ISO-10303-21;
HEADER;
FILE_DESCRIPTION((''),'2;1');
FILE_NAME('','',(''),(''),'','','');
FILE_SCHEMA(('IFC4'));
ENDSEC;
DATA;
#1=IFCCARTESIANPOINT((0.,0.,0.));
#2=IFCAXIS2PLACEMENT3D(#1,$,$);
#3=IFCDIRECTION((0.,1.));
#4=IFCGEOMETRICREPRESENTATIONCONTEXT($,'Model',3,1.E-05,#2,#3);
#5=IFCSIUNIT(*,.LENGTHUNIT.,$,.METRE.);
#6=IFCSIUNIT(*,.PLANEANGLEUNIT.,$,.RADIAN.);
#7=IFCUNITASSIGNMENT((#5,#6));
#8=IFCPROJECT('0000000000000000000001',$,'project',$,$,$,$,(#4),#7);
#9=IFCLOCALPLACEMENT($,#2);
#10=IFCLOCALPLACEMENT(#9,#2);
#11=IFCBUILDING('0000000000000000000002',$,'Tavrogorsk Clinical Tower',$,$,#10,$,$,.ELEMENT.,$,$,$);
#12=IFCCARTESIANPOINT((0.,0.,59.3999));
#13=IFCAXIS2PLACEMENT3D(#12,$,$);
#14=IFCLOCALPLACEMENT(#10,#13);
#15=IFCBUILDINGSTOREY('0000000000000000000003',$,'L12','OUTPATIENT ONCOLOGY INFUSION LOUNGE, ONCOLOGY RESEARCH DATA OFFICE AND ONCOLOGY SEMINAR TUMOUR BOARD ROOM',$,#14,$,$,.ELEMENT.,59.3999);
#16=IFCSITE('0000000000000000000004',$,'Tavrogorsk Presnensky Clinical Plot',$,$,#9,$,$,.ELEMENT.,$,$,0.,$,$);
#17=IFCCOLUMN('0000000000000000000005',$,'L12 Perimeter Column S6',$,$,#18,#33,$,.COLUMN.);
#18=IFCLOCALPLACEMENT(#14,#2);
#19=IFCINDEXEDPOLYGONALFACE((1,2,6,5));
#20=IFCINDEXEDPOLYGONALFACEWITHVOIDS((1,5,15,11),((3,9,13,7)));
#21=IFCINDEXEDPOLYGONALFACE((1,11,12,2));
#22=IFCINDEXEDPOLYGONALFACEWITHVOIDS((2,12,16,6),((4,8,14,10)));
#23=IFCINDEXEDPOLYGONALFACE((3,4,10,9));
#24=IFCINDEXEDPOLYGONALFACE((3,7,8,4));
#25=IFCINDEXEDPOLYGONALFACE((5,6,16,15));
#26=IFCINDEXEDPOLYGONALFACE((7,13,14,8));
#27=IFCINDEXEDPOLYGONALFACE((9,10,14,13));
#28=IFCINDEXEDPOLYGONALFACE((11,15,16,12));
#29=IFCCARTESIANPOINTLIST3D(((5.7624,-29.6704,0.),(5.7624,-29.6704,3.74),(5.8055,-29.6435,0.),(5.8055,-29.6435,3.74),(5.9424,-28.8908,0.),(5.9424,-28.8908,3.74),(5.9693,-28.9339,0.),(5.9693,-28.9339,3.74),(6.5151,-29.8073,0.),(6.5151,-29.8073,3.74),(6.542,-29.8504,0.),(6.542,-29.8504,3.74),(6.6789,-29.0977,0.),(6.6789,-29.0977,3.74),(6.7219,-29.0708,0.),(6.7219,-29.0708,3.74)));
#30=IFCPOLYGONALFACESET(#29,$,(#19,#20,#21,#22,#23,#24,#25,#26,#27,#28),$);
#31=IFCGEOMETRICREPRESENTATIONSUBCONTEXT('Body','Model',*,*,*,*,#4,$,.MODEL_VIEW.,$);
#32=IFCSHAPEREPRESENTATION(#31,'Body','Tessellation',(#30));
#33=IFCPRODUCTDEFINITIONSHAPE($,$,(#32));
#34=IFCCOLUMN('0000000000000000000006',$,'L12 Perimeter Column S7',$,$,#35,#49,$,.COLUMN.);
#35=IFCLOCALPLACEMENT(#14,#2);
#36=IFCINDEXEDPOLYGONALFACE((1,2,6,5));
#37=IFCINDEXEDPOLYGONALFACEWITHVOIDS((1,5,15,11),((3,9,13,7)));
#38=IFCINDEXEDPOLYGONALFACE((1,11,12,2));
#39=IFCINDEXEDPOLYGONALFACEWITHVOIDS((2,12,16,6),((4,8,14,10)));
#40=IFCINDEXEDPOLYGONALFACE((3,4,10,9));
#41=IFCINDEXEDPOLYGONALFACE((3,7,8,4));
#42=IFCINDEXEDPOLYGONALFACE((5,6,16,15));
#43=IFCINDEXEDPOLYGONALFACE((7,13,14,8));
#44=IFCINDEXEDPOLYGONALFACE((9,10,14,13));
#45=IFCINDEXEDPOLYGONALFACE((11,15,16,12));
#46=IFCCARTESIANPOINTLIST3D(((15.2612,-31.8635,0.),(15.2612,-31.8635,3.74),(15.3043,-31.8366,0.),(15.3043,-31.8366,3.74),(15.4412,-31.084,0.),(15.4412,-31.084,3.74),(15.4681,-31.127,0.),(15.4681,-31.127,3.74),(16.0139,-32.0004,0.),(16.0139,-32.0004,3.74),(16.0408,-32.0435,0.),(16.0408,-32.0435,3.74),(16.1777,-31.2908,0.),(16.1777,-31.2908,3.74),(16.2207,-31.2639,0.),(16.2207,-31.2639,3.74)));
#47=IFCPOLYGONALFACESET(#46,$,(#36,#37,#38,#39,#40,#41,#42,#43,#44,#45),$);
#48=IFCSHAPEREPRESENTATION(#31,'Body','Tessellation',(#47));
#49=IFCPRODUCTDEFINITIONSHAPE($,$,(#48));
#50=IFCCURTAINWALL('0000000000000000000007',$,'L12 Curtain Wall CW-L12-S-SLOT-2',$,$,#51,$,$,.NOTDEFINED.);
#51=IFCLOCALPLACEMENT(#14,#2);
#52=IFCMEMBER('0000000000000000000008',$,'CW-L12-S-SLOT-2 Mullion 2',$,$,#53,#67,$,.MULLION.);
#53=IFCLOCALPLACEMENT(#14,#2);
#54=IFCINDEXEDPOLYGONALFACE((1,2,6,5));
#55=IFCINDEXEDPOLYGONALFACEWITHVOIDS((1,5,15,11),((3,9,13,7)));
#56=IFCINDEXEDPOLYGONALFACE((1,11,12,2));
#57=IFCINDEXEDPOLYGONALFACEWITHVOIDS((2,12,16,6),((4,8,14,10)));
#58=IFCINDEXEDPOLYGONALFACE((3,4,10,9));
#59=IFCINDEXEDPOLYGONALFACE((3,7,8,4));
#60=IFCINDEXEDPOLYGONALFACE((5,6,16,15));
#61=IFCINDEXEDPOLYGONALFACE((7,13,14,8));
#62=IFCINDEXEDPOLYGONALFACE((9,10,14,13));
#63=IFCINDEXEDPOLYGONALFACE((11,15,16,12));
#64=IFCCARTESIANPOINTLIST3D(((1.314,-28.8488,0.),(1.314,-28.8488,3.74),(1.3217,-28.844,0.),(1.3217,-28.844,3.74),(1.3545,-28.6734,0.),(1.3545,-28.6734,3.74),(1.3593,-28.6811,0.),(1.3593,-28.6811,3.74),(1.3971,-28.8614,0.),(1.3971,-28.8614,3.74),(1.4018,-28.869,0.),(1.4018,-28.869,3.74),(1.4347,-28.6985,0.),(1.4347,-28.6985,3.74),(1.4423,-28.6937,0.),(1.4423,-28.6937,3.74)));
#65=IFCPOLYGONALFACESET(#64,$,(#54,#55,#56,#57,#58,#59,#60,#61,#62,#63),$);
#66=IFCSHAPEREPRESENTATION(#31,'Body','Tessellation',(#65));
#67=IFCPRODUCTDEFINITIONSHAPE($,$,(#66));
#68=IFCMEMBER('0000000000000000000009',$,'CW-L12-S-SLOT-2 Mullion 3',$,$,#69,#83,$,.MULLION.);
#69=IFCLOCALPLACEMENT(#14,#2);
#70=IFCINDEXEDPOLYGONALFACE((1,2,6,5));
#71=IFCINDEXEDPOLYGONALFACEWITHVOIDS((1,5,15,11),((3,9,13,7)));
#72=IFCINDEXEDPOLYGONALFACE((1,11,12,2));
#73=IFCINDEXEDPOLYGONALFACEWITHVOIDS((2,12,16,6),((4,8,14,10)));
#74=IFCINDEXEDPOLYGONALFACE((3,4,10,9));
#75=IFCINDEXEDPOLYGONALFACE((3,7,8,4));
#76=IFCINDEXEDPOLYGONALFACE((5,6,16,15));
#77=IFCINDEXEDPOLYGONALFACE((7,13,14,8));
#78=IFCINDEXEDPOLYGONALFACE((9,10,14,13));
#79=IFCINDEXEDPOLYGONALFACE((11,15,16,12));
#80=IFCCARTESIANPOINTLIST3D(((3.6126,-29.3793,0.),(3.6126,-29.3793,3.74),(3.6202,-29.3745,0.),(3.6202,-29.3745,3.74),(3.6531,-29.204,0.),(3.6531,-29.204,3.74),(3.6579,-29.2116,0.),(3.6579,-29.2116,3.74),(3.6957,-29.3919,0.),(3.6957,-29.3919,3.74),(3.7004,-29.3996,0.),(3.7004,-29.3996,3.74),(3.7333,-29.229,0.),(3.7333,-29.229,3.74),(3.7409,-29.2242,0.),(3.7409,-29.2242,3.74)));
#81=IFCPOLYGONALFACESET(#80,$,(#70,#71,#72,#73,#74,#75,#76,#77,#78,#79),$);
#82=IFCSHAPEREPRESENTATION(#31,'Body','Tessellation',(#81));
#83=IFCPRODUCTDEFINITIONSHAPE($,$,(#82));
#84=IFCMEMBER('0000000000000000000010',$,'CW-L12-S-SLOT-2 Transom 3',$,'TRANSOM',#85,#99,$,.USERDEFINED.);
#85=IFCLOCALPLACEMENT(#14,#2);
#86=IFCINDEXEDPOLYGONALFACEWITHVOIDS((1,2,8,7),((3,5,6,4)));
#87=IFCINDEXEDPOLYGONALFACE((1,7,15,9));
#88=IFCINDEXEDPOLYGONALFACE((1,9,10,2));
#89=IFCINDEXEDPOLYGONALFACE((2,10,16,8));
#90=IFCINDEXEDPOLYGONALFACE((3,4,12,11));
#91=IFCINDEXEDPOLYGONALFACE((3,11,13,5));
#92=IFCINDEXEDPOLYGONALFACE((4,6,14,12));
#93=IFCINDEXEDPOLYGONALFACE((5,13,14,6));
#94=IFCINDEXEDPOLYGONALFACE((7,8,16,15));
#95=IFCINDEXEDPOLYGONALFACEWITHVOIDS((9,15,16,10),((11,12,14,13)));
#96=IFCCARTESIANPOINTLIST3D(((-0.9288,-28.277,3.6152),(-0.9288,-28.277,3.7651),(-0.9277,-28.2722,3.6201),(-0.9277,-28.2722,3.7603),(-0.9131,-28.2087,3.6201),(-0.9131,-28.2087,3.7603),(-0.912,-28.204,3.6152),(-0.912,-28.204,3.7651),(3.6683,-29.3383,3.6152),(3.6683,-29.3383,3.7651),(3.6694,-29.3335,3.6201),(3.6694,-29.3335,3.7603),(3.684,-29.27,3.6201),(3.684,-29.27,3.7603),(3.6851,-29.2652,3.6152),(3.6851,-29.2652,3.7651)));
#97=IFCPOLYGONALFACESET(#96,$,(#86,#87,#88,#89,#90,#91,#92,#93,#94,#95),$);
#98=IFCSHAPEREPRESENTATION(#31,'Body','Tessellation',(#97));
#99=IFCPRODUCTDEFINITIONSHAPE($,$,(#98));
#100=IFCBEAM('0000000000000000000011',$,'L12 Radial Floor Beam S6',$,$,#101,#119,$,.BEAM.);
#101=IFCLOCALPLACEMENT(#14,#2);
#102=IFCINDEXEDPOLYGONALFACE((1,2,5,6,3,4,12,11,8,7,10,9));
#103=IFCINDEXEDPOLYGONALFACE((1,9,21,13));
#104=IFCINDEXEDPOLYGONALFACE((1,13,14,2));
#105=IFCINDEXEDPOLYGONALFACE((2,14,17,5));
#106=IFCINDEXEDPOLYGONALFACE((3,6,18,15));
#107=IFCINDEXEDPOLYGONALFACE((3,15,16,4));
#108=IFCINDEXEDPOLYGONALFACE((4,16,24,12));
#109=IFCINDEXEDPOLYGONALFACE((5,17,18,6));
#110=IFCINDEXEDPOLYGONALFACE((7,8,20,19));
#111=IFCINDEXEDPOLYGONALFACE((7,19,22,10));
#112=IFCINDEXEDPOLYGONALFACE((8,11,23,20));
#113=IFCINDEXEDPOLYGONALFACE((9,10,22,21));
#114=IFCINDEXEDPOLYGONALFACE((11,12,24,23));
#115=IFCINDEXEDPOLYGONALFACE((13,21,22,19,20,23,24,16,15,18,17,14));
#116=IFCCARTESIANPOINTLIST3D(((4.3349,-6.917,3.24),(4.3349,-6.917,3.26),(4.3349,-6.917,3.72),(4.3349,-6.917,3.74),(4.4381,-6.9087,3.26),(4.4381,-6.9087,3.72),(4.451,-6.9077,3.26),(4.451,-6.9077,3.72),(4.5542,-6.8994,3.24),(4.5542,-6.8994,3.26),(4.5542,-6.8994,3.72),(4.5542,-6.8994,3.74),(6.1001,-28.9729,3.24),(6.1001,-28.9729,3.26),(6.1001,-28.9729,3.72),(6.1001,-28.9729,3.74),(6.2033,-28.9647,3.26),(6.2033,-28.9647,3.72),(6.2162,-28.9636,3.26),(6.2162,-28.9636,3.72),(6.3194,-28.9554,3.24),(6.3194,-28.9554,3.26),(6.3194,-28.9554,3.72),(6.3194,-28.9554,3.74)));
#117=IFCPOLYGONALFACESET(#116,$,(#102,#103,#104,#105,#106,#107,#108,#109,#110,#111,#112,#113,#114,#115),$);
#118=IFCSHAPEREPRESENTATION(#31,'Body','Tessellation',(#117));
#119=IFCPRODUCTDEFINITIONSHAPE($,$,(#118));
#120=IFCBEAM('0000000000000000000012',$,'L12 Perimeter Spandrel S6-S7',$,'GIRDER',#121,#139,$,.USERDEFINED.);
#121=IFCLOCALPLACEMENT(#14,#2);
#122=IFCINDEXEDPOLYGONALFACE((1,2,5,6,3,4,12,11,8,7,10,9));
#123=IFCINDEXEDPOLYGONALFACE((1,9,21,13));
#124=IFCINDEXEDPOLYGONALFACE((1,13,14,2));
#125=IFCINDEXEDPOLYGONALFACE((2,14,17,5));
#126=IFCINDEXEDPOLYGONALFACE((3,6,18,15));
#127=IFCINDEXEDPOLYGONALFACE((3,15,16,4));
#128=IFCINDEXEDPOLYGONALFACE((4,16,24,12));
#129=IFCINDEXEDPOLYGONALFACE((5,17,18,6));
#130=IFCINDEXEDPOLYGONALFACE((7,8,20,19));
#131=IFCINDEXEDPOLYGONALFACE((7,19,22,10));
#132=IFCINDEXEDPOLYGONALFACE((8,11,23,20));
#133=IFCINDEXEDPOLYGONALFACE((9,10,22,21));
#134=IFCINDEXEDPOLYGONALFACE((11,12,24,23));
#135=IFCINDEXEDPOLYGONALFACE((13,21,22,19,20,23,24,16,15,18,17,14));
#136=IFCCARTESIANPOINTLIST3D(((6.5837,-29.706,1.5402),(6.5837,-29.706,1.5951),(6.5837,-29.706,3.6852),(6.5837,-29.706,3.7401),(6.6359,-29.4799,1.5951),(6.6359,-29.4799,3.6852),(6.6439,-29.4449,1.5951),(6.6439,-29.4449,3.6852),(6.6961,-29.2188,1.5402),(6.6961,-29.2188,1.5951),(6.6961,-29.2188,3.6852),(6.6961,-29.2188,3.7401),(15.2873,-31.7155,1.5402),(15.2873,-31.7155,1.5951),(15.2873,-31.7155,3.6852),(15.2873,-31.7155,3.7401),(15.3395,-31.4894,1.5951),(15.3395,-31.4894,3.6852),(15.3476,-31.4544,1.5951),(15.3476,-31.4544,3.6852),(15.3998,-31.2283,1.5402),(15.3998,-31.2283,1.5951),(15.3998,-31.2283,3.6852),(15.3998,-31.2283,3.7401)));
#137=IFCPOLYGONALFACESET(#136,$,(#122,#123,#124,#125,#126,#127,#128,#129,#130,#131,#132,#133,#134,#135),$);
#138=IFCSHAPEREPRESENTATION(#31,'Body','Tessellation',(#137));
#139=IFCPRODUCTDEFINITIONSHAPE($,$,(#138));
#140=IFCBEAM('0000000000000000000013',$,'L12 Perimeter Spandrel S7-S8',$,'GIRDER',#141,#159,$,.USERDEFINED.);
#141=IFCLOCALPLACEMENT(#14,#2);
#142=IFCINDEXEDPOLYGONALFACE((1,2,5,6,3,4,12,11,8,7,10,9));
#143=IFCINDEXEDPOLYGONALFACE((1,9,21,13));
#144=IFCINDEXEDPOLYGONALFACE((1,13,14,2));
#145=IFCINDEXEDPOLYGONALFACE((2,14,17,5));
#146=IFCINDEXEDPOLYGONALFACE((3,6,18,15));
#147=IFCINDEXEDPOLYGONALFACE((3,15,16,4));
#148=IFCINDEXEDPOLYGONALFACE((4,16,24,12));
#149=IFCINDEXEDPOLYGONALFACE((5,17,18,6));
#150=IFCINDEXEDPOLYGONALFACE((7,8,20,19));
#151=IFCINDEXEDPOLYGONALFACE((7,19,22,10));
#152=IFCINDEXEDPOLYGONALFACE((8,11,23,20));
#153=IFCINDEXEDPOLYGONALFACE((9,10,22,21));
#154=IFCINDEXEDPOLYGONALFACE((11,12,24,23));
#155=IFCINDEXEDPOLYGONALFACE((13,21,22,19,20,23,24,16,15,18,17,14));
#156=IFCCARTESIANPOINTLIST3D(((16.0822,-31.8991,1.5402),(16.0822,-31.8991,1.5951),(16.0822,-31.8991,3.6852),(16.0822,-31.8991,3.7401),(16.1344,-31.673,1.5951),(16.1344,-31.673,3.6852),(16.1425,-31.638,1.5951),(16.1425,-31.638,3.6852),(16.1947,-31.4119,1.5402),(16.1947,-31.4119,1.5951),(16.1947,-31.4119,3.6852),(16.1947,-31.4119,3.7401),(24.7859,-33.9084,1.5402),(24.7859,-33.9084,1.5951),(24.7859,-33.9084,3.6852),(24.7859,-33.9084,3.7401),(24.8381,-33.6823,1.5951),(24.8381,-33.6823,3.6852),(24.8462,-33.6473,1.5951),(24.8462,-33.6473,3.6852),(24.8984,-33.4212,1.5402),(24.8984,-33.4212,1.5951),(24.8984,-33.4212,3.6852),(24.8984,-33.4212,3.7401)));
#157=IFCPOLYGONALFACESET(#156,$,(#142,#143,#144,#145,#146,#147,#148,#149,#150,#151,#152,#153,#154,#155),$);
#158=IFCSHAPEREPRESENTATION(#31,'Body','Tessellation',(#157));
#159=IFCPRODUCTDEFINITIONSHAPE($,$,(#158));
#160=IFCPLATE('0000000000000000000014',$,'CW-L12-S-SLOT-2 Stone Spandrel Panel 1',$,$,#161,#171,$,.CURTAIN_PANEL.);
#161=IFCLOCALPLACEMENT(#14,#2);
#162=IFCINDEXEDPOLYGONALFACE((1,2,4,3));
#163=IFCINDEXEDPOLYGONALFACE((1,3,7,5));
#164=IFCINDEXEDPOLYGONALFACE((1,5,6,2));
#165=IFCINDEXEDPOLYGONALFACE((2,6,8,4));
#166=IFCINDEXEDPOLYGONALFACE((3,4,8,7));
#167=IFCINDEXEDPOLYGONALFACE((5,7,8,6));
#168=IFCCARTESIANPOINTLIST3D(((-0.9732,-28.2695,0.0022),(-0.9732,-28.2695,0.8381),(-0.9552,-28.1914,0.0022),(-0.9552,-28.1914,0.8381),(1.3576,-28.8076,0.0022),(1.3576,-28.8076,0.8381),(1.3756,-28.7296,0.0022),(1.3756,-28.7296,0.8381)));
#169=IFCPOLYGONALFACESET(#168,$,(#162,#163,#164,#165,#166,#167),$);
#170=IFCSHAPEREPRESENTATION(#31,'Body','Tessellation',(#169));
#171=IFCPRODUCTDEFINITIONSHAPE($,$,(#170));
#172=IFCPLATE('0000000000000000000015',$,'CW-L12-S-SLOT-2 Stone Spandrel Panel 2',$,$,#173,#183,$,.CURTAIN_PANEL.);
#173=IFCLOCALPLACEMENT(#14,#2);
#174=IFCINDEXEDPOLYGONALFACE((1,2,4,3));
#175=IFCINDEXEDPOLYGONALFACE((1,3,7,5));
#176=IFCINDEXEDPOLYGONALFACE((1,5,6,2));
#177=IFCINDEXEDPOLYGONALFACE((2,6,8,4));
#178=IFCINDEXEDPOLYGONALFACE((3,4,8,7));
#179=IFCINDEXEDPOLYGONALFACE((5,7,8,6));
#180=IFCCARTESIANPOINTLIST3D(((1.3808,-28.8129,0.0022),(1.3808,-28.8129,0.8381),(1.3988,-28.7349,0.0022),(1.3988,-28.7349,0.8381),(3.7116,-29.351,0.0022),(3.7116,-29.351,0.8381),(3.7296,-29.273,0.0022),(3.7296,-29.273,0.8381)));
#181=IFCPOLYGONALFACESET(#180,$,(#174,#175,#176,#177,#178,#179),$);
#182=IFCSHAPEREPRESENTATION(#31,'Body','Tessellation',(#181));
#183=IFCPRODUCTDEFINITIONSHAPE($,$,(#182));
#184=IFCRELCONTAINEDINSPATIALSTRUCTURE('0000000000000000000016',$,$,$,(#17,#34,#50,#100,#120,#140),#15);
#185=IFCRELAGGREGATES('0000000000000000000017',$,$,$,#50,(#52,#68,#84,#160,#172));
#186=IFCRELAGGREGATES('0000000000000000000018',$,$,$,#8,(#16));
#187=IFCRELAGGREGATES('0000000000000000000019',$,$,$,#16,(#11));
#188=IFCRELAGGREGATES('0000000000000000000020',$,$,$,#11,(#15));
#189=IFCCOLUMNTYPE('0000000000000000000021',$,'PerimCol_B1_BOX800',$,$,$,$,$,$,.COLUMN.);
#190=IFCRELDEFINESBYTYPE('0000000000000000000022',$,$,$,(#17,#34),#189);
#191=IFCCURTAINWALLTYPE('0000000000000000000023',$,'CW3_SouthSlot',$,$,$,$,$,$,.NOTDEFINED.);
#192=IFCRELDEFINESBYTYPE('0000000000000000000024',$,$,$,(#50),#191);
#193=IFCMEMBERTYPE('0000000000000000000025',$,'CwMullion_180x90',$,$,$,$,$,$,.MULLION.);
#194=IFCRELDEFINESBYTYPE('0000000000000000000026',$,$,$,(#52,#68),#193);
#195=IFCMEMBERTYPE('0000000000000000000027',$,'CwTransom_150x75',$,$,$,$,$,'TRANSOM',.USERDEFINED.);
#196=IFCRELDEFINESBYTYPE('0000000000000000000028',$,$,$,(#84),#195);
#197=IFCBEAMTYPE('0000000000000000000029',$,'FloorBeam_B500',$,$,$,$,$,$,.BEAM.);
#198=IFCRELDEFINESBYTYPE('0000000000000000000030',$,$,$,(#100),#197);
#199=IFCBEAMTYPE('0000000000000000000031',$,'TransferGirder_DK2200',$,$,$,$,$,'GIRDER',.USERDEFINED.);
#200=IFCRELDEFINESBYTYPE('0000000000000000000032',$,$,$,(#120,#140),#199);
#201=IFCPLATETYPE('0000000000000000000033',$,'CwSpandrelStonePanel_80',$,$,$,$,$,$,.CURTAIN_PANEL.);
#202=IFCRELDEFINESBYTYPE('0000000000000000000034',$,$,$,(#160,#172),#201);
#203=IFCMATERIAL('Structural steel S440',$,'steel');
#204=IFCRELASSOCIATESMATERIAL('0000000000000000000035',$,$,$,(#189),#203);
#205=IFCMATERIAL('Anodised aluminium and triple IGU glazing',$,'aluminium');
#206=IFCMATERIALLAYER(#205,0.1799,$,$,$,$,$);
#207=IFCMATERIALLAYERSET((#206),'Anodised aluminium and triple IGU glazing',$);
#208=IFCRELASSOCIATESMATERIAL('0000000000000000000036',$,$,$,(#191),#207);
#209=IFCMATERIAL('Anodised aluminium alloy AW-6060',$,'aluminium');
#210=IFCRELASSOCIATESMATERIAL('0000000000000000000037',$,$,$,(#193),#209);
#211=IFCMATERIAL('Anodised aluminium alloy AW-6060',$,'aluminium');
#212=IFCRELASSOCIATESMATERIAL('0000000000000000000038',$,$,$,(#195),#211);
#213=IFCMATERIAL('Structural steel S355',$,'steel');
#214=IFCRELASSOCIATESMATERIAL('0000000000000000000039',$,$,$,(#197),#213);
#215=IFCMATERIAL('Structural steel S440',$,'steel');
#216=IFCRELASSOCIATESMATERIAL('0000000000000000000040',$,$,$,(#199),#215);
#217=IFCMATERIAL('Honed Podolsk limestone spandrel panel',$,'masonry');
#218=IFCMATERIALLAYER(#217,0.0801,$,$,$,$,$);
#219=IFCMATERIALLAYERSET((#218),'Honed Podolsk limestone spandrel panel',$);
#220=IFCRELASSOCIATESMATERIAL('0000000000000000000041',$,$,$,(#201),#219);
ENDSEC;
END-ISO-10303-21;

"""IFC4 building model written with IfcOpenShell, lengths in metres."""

from ifc_helpers import new_model, si_unit, direction, frame, origin, origin_2d, place, context, subcontext, project, spatial, rectangle, hollow_rectangle, i_section, extrude, material, layer, layer_set, material_profile, profile_set, type_object, element, aggregate, save


model = new_model("IFC4")

# Units and contexts
model_context = context("Model", 3, precision=1e-05, world=origin(), true_north=direction((0.0, 1.0)))
body_context = subcontext(model_context, "Body", "Model", "MODEL_VIEW")
ifc_project = project(units=[si_unit("LENGTHUNIT", "METRE"), si_unit("PLANEANGLEUNIT", "RADIAN")], contexts=[model_context])

# Site, building, storey
site_placement = place(None, origin())
site = spatial("IfcSite", under=ifc_project, at=site_placement, Name="Tavrogorsk Presnensky Clinical Plot", CompositionType="ELEMENT", RefElevation=0.0)
building_placement = place(site_placement, origin())
building = spatial("IfcBuilding", under=site, at=building_placement, Name="Tavrogorsk Clinical Tower", CompositionType="ELEMENT")
storey_placement = place(building_placement, frame((0.0, 0.0, 59.3999)))
storey = spatial("IfcBuildingStorey", under=building, at=storey_placement, Name="L12", Description="OUTPATIENT ONCOLOGY INFUSION LOUNGE, ONCOLOGY RESEARCH DATA OFFICE AND ONCOLOGY SEMINAR TUMOUR BOARD ROOM", CompositionType="ELEMENT", Elevation=59.3999)

# Columns
ifc_material_1 = material(Name="Structural steel S440", Category="steel")
ifc_material_profile_1 = material_profile(ifc_material_1, hollow_rectangle(XDim=0.8, YDim=0.8, WallThickness=0.0359, at=origin_2d()), Name="BOX-800x800x36")
ifc_profile_set_1 = profile_set([ifc_material_profile_1], Name="Structural steel S440")
column_type = type_object("IfcColumnType", Name="PerimCol_B1_BOX800", PredefinedType="COLUMN", material=ifc_profile_set_1)
for number, where, z_axis, x_axis, name in (
    (1, (6.2422, -29.3706, 0.0), (0.0, 0.0, 1.0), (0.97437, -0.224951, 0.0), "L12 Perimeter Column S6"),
    (2, (15.741, -31.5637, 0.0), (0.0, 0.0, 1.0), (0.97437, -0.224951, 0.0), "L12 Perimeter Column S7"),
):
    element("IfcColumn", number, at=place(storey_placement, frame(where, z_axis=z_axis, x_axis=x_axis)), inside=storey, type_object=column_type, Name=name, PredefinedType="COLUMN", context=body_context, shape_type="SweptSolid", body=[
        extrude(hollow_rectangle(XDim=0.8, YDim=0.8, WallThickness=0.0359, at=origin_2d()), origin(), (0.0, 0.0, 1.0), 3.74),
    ])

# Curtain wall, members
ifc_material_2 = material(Name="Anodised aluminium and triple IGU glazing", Category="aluminium")
ifc_layer_1 = layer(ifc_material_2, 0.1799)
ifc_layer_set_1 = layer_set([ifc_layer_1], Name="Anodised aluminium and triple IGU glazing")
curtain_wall_type = type_object("IfcCurtainWallType", Name="CW3_SouthSlot", PredefinedType="NOTDEFINED", material=ifc_layer_set_1)
curtain_wall_placement = place(storey_placement, origin())
curtain_wall = element("IfcCurtainWall", 3, at=curtain_wall_placement, inside=storey, type_object=curtain_wall_type, Name="L12 Curtain Wall CW-L12-S-SLOT-2", PredefinedType="NOTDEFINED")
ifc_material_3 = material(Name="Anodised aluminium alloy AW-6060", Category="aluminium")
ifc_material_profile_2 = material_profile(ifc_material_3, hollow_rectangle(XDim=0.0901, YDim=0.1799, WallThickness=0.0063, at=origin_2d()), Name="RHS-180x90x6.3")
ifc_profile_set_2 = profile_set([ifc_material_profile_2], Name="Anodised aluminium alloy AW-6060")
member_type_1 = type_object("IfcMemberType", Name="CwMullion_180x90", PredefinedType="MULLION", material=ifc_profile_set_2)
member_1_placement = place(storey_placement, frame((1.3782, -28.7712, 0.0), z_axis=(0.0, 0.0, 1.0), x_axis=(0.97437, -0.224951, 0.0)))
member_1 = element("IfcMember", 4, at=member_1_placement, type_object=member_type_1, Name="CW-L12-S-SLOT-2 Mullion 2", PredefinedType="MULLION", context=body_context, shape_type="SweptSolid", body=[
    extrude(hollow_rectangle(XDim=0.0901, YDim=0.1799, WallThickness=0.0063, at=origin_2d()), origin(), (0.0, 0.0, 1.0), 3.74),
])
member_2_placement = place(storey_placement, frame((3.6768, -29.3018, 0.0), z_axis=(0.0, 0.0, 1.0), x_axis=(0.97437, -0.224951, 0.0)))
member_2 = element("IfcMember", 5, at=member_2_placement, type_object=member_type_1, Name="CW-L12-S-SLOT-2 Mullion 3", PredefinedType="MULLION", context=body_context, shape_type="SweptSolid", body=[
    extrude(hollow_rectangle(XDim=0.0901, YDim=0.1799, WallThickness=0.0063, at=origin_2d()), origin(), (0.0, 0.0, 1.0), 3.74),
])
ifc_material_4 = material(Name="Anodised aluminium alloy AW-6060", Category="aluminium")
ifc_material_profile_3 = material_profile(ifc_material_4, hollow_rectangle(XDim=0.075, YDim=0.1499, WallThickness=0.0049, at=origin_2d()), Name="RHS-150x75x5")
ifc_profile_set_3 = profile_set([ifc_material_profile_3], Name="Anodised aluminium alloy AW-6060")
member_type_2 = type_object("IfcMemberType", Name="CwTransom_150x75", ElementType="TRANSOM", PredefinedType="USERDEFINED", material=ifc_profile_set_3)
member_3_placement = place(storey_placement, frame((-0.9204, -28.2405, 3.6902), z_axis=(0.974373, -0.224939, 0.0), x_axis=(0.224939, 0.974373, 0.0)))
member_3 = element("IfcMember", 6, at=member_3_placement, type_object=member_type_2, Name="CW-L12-S-SLOT-2 Transom 3", ObjectType="TRANSOM", PredefinedType="USERDEFINED", context=body_context, shape_type="SweptSolid", body=[
    extrude(hollow_rectangle(XDim=0.075, YDim=0.1499, WallThickness=0.0049, at=origin_2d()), origin(), (0.0, 0.0, 1.0), 4.718),
])

# Beams
ifc_material_5 = material(Name="Structural steel S355", Category="steel")
ifc_material_profile_4 = material_profile(ifc_material_5, i_section(OverallWidth=0.22, OverallDepth=0.5, WebThickness=0.0129, FlangeThickness=0.02, at=origin_2d()), Name="B-500x220x13x20")
ifc_profile_set_4 = profile_set([ifc_material_profile_4], Name="Structural steel S355")
beam_type_1 = type_object("IfcBeamType", Name="FloorBeam_B500", PredefinedType="BEAM", material=ifc_profile_set_4)
beam_placement = place(storey_placement, frame((4.4446, -6.9082, 3.49), z_axis=(0.079775, -0.996813, 0.0), x_axis=(0.996813, 0.079775, 0.0)))
element("IfcBeam", 7, at=beam_placement, inside=storey, type_object=beam_type_1, Name="L12 Radial Floor Beam S6", PredefinedType="BEAM", context=body_context, shape_type="SweptSolid", body=[
    extrude(i_section(OverallWidth=0.22, OverallDepth=0.5, WebThickness=0.0129, FlangeThickness=0.02, at=origin_2d()), origin(), (0.0, 0.0, 1.0), 22.1265),
])
ifc_material_6 = material(Name="Structural steel S440", Category="steel")
ifc_material_profile_5 = material_profile(ifc_material_6, i_section(OverallWidth=0.5, OverallDepth=2.2, WebThickness=0.0359, FlangeThickness=0.0549, at=origin_2d()), Name="DK-2200x500x36x55")
ifc_profile_set_5 = profile_set([ifc_material_profile_5], Name="Structural steel S440")
beam_type_2 = type_object("IfcBeamType", Name="TransferGirder_DK2200", ElementType="GIRDER", PredefinedType="USERDEFINED", material=ifc_profile_set_5)
for number, where, z_axis, x_axis, name in (
    (8, (6.6399, -29.4624, 2.6401), (0.974367, -0.224965, 0.0), (0.224965, 0.974367, 0.0), "L12 Perimeter Spandrel S6-S7"),
    (9, (16.1384, -31.6555, 2.6401), (0.974373, -0.224939, 0.0), (0.224939, 0.974373, 0.0), "L12 Perimeter Spandrel S7-S8"),
):
    element("IfcBeam", number, at=place(storey_placement, frame(where, z_axis=z_axis, x_axis=x_axis)), inside=storey, type_object=beam_type_2, Name=name, ObjectType="GIRDER", PredefinedType="USERDEFINED", context=body_context, shape_type="SweptSolid", body=[
        extrude(i_section(OverallWidth=0.5, OverallDepth=2.2, WebThickness=0.0359, FlangeThickness=0.0549, at=origin_2d()), origin(), (0.0, 0.0, 1.0), 8.9326),
    ])

# Plates
ifc_material_7 = material(Name="Honed Podolsk limestone spandrel panel", Category="masonry")
ifc_layer_2 = layer(ifc_material_7, 0.0801)
ifc_layer_set_2 = layer_set([ifc_layer_2], Name="Honed Podolsk limestone spandrel panel")
plate_type_1 = type_object("IfcPlateType", Name="CwSpandrelStonePanel_80", PredefinedType="CURTAIN_PANEL", material=ifc_layer_set_2)
plate_1_placement = place(storey_placement, frame((0.2012, -28.4995, 0.0022), z_axis=(0.0, 0.0, 1.0), x_axis=(0.97437, -0.224951, 0.0)))
plate_1 = element("IfcPlate", 10, at=plate_1_placement, type_object=plate_type_1, Name="CW-L12-S-SLOT-2 Stone Spandrel Panel 1", PredefinedType="CURTAIN_PANEL", context=body_context, shape_type="SweptSolid", body=[
    extrude(rectangle(XDim=2.3921, YDim=0.0801, at=origin_2d()), origin(), (0.0, 0.0, 1.0), 0.8359),
])
plate_2_placement = place(storey_placement, frame((2.5552, -29.043, 0.0022), z_axis=(0.0, 0.0, 1.0), x_axis=(0.97437, -0.224951, 0.0)))
plate_2 = element("IfcPlate", 11, at=plate_2_placement, type_object=plate_type_1, Name="CW-L12-S-SLOT-2 Stone Spandrel Panel 2", PredefinedType="CURTAIN_PANEL", context=body_context, shape_type="SweptSolid", body=[
    extrude(rectangle(XDim=2.3921, YDim=0.0801, at=origin_2d()), origin(), (0.0, 0.0, 1.0), 0.8359),
])
aggregate(curtain_wall, [member_1, member_2, member_3, plate_1, plate_2])

save(model, "model.ifc")
